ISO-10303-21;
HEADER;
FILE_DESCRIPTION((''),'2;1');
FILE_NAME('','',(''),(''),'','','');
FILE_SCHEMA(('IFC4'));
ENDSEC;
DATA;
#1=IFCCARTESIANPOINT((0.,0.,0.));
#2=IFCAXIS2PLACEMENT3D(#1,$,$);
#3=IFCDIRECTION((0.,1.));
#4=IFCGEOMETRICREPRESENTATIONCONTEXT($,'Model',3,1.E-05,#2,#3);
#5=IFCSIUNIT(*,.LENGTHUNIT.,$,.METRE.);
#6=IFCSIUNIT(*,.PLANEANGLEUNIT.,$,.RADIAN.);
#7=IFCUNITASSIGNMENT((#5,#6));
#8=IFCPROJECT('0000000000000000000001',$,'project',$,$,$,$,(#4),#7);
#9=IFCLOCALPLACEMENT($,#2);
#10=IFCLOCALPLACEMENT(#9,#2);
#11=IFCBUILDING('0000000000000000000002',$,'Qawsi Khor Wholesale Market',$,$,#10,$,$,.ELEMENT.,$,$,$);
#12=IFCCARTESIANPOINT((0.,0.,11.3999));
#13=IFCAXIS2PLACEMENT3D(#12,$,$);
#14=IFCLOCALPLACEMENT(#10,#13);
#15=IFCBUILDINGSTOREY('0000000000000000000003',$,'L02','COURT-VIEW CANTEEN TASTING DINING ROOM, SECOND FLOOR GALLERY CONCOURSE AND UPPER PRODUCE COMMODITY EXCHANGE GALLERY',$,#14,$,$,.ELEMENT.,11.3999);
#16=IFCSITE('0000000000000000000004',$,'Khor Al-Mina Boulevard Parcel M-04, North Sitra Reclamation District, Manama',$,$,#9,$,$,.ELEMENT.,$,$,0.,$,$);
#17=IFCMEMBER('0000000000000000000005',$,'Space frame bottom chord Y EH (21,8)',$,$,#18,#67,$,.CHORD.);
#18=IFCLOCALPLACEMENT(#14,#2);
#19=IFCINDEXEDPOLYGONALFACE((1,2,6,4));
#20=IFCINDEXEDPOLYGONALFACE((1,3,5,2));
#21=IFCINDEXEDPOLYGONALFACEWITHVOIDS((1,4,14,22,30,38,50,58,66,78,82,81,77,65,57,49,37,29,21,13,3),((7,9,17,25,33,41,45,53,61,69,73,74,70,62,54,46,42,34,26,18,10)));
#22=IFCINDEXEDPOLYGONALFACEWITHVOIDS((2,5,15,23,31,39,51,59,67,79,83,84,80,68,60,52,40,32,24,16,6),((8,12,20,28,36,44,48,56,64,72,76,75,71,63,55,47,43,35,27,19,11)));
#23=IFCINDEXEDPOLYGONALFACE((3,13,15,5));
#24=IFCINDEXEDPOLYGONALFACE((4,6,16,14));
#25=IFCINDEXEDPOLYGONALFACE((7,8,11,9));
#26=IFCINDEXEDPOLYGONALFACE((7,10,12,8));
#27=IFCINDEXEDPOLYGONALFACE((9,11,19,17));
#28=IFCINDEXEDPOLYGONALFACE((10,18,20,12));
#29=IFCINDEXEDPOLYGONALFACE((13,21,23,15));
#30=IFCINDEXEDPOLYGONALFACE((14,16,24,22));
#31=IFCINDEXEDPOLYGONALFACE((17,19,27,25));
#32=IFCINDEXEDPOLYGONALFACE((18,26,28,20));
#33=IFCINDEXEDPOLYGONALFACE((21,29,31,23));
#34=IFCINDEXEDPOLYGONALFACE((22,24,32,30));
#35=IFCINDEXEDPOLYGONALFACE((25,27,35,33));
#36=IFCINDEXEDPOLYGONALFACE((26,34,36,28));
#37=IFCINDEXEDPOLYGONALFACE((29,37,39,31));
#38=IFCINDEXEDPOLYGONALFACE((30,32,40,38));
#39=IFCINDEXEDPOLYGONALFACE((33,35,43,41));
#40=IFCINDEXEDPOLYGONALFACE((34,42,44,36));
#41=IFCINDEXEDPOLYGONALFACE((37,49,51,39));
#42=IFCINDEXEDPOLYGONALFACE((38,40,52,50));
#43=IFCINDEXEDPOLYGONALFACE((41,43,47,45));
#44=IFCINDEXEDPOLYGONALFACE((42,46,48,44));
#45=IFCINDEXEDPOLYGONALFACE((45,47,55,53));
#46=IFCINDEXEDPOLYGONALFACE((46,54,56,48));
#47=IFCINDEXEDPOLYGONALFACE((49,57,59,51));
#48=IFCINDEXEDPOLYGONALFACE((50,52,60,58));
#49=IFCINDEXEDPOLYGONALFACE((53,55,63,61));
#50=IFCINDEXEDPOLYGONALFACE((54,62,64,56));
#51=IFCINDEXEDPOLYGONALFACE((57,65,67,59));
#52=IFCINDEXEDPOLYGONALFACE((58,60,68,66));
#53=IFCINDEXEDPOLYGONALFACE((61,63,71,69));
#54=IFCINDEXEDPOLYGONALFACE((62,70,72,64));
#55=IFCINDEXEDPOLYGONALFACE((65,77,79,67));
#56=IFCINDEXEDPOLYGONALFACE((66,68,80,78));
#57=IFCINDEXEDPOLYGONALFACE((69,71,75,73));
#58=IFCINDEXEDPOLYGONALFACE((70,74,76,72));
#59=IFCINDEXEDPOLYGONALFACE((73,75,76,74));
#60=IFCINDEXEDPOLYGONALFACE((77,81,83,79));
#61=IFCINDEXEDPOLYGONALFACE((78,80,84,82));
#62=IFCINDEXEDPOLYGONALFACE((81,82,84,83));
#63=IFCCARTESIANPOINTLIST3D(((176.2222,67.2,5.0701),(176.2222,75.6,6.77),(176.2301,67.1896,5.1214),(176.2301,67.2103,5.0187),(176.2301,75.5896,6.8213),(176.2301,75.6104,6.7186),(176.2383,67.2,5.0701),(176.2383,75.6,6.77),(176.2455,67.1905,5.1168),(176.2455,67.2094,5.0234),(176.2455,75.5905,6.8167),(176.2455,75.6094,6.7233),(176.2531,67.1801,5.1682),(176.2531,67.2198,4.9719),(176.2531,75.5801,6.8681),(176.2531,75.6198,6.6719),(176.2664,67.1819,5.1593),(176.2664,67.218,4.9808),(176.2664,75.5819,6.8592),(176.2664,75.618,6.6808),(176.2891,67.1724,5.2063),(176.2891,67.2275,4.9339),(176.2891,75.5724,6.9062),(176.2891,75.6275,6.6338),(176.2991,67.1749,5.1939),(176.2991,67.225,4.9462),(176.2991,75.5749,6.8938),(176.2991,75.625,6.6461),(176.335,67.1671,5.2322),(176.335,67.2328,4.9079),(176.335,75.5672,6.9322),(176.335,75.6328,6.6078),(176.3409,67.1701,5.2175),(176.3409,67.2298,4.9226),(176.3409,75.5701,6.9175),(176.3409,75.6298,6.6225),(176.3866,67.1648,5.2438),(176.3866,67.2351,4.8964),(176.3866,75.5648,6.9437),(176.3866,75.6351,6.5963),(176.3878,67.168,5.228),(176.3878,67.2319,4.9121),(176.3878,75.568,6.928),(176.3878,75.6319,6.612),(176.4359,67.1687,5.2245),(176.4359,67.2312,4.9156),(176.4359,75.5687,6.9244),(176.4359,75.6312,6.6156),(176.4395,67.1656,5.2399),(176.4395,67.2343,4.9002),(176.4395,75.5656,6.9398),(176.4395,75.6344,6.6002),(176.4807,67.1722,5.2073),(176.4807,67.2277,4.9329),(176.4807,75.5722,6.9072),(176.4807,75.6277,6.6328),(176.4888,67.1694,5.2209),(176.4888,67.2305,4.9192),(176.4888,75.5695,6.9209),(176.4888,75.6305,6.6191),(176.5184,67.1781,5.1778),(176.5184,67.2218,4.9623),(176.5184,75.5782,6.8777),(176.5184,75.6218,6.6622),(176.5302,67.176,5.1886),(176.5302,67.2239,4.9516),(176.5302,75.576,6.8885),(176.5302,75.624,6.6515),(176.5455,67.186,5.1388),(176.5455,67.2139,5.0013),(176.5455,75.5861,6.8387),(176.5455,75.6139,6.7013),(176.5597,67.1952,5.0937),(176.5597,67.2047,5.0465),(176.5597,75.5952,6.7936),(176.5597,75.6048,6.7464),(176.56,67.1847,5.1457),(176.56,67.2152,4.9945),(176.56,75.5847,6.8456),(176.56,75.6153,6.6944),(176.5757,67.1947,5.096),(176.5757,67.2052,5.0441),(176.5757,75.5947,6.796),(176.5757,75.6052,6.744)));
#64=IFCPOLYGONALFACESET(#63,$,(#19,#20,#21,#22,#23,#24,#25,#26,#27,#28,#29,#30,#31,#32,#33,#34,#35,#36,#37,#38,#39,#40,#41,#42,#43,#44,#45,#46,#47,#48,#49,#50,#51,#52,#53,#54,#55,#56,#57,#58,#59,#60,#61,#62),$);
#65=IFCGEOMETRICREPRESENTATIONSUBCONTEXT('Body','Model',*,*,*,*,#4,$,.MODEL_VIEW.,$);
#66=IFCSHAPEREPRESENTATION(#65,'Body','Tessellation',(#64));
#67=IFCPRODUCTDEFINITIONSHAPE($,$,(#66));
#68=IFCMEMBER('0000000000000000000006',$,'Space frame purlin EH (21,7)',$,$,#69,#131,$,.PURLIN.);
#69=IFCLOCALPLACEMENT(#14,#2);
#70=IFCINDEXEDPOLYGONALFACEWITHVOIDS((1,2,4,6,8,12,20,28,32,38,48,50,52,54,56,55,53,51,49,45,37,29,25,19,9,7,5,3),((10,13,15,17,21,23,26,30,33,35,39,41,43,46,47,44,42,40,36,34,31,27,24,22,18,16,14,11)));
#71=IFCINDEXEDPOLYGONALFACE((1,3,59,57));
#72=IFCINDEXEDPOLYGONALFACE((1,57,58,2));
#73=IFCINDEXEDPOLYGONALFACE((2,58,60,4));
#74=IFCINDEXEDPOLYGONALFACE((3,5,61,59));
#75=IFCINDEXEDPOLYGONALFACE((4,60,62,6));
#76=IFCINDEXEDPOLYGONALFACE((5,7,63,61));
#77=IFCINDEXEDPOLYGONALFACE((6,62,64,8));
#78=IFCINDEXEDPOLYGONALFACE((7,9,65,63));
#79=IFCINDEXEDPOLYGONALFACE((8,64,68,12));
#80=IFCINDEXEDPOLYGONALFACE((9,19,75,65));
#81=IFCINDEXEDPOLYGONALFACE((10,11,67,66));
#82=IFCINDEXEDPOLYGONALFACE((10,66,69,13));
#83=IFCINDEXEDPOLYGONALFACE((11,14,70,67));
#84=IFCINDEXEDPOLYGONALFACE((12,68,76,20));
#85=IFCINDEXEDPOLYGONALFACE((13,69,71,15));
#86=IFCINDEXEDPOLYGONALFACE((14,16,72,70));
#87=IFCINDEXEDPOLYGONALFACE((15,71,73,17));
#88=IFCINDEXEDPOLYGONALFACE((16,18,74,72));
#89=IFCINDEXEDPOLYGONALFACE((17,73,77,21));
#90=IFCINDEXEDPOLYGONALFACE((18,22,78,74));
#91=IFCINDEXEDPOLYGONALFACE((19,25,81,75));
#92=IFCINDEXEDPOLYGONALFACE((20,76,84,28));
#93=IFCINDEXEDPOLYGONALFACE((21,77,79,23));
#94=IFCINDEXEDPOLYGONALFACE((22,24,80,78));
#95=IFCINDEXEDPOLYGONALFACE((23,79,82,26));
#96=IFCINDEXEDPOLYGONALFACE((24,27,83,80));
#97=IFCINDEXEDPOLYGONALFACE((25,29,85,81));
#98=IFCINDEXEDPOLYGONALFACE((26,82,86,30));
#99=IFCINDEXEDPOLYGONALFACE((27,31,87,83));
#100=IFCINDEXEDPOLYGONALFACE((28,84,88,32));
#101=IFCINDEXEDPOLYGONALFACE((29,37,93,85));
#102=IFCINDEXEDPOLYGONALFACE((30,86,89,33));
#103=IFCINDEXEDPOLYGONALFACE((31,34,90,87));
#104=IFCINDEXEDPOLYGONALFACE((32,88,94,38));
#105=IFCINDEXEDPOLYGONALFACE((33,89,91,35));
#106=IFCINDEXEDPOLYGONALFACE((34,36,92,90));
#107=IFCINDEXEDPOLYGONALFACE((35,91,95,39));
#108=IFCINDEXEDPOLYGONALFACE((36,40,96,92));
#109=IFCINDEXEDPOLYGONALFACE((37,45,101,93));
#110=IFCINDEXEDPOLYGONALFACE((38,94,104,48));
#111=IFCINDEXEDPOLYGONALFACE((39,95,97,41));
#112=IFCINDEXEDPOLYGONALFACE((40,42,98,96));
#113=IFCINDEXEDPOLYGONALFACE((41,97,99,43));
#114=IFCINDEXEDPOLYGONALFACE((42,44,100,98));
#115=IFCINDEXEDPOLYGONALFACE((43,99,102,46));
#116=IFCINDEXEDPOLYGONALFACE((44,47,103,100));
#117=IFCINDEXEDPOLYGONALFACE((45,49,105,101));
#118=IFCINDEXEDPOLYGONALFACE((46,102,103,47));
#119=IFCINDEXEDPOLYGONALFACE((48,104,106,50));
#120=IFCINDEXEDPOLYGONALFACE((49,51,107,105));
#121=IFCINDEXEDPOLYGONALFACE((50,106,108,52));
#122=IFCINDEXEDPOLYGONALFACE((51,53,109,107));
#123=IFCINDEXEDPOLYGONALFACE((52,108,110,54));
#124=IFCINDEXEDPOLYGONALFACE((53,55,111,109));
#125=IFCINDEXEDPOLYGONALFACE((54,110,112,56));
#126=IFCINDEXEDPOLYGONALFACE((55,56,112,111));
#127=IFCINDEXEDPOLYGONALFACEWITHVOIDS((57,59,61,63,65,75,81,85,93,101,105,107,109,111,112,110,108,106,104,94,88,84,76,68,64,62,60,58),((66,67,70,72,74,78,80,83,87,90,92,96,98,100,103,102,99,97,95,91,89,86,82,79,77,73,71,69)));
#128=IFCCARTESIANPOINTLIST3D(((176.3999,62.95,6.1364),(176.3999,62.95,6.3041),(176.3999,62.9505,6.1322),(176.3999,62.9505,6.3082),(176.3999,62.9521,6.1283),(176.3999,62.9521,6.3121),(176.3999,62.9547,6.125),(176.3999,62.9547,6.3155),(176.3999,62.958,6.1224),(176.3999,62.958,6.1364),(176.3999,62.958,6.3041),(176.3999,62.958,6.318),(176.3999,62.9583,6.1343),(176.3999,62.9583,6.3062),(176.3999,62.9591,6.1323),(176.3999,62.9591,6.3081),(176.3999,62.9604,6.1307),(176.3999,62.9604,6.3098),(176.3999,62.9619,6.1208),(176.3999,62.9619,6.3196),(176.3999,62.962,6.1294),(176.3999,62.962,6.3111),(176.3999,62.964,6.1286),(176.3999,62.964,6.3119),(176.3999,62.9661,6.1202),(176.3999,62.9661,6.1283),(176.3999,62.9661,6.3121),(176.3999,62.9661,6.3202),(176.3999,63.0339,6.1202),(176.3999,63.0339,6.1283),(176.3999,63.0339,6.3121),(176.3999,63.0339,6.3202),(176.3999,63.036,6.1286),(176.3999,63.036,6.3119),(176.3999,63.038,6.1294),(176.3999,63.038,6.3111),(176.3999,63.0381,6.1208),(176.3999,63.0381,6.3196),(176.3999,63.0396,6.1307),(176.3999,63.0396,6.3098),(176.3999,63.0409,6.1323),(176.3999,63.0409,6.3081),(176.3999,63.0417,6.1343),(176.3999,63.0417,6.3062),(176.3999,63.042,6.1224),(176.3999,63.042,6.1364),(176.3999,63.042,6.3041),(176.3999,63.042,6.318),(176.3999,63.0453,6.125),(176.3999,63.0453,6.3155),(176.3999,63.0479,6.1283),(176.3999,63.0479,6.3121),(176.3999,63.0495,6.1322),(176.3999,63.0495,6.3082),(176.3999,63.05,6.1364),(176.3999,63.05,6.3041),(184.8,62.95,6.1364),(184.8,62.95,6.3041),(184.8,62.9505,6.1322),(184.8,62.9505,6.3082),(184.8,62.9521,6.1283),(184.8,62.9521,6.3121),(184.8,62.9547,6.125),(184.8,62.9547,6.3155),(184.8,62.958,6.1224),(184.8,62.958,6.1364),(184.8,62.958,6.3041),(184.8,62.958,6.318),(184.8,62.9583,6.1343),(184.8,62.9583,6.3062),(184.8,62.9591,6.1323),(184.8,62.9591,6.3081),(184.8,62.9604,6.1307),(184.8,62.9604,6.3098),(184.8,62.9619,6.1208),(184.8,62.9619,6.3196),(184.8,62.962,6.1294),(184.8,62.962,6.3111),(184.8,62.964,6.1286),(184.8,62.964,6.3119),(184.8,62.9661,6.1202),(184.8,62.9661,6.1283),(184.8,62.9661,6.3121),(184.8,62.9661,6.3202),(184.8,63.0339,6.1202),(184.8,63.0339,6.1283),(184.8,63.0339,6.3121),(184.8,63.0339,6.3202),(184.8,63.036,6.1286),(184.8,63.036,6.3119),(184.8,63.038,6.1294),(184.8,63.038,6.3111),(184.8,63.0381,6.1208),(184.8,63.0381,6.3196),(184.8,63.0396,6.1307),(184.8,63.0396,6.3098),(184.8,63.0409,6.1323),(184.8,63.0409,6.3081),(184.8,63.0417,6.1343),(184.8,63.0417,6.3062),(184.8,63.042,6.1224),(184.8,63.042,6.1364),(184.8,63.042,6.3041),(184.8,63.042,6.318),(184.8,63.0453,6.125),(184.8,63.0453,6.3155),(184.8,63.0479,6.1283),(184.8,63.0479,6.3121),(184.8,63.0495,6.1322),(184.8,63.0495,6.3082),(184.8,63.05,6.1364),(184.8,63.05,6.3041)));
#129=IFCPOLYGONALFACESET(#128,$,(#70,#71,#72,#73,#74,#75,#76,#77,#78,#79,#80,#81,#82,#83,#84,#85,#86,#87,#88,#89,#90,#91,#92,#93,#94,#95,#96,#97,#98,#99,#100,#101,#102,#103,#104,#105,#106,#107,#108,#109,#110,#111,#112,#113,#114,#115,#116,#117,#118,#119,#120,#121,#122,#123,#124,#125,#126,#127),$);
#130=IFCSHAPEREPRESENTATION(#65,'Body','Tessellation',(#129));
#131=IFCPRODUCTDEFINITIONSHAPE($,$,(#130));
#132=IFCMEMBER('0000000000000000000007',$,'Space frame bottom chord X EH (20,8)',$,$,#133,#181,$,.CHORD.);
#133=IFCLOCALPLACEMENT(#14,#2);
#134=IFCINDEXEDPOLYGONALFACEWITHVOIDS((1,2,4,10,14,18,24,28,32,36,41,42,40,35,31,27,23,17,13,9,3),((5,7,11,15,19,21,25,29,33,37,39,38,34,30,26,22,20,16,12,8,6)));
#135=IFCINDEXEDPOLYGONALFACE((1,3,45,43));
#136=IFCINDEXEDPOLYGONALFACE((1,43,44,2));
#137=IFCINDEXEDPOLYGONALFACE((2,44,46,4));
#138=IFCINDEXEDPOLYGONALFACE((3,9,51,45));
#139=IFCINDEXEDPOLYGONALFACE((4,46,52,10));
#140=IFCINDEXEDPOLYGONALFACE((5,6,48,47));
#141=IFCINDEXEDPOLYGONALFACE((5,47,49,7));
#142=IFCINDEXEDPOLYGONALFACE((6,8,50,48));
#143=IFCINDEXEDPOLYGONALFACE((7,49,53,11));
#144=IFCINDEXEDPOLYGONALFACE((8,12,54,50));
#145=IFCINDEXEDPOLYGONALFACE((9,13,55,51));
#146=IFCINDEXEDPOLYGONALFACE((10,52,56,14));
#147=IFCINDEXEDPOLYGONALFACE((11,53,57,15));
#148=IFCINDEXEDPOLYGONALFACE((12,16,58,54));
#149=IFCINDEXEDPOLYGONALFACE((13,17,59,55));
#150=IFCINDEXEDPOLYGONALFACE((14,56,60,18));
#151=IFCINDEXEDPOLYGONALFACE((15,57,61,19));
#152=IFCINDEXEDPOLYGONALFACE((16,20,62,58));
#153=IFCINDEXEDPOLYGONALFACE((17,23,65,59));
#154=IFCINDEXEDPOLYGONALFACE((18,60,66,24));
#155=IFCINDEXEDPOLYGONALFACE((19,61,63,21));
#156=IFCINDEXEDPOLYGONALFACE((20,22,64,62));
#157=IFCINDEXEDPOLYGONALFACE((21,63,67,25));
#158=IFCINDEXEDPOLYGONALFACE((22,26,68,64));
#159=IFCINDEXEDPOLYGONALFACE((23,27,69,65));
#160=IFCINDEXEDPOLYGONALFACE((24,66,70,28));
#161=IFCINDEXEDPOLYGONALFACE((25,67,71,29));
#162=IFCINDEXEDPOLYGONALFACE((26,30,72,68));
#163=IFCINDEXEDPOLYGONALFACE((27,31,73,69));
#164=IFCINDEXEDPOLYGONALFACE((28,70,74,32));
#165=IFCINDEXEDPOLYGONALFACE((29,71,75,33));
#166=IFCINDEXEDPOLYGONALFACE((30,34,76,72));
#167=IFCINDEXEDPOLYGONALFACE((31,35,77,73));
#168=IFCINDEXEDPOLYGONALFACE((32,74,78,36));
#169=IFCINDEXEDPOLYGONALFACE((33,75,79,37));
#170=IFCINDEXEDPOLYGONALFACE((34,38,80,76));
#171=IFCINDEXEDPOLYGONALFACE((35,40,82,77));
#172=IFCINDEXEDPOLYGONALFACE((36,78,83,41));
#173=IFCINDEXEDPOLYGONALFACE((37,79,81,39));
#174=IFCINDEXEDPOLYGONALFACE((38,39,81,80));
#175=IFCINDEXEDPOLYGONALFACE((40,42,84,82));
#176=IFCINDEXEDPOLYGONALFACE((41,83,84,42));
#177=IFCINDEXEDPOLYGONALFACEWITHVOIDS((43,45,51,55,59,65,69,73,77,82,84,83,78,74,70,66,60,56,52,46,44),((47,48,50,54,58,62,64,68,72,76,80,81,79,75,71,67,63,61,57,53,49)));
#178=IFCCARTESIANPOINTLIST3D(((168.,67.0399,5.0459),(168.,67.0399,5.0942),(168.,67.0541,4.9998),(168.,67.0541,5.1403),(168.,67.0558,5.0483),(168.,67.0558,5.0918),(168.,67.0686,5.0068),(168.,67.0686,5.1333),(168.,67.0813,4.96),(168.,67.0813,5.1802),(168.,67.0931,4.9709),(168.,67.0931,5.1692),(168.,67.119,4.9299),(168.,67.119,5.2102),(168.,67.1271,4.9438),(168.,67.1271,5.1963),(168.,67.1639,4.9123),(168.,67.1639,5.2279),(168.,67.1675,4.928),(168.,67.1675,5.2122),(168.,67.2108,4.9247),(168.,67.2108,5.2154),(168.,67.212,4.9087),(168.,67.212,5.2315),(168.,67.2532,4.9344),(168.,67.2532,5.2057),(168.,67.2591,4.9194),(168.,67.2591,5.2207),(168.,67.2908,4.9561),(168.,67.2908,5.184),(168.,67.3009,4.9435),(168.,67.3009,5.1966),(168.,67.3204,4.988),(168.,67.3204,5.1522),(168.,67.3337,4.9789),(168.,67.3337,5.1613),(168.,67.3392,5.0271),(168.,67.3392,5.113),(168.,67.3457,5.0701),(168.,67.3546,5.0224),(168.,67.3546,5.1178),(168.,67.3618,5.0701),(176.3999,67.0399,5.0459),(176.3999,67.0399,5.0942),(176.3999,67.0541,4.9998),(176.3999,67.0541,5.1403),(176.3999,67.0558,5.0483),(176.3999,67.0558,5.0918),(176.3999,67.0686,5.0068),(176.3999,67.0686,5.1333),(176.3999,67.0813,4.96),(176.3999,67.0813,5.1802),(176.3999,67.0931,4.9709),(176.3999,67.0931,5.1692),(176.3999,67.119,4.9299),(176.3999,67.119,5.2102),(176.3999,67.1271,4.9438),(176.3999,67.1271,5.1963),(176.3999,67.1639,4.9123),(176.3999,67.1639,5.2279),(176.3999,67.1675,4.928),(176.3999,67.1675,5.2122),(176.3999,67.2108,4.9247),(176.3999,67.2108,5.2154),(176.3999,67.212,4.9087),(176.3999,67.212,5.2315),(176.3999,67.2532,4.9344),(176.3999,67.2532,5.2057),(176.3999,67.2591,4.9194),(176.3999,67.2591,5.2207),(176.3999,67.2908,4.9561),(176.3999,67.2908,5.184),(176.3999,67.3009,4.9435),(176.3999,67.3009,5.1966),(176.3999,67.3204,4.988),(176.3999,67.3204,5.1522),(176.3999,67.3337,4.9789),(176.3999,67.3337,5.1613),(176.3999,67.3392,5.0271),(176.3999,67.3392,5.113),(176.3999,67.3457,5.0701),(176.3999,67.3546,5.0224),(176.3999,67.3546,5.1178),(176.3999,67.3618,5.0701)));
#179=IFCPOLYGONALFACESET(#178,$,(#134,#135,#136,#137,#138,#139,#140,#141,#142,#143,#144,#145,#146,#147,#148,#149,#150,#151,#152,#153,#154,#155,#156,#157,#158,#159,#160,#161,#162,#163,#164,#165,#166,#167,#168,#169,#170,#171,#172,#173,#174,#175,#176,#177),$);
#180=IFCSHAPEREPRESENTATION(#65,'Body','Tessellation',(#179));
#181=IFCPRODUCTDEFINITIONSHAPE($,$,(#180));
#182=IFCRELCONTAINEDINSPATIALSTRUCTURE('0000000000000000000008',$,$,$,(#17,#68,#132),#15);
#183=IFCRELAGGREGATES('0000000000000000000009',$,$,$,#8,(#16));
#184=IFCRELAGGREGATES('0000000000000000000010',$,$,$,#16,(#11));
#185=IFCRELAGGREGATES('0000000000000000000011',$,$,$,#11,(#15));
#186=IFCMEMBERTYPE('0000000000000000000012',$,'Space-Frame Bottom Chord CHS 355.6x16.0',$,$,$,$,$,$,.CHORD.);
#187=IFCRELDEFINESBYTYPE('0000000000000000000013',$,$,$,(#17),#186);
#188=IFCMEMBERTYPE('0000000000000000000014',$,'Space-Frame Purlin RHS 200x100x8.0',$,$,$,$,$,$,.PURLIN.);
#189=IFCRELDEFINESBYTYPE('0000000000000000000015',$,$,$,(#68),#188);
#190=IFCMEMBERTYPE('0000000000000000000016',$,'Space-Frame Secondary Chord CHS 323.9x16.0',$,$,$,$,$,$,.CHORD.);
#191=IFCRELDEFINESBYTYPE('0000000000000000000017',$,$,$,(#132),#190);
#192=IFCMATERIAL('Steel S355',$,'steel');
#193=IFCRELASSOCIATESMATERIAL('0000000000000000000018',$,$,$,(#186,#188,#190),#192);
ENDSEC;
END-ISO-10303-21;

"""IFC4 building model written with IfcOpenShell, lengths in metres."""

from ifc_helpers import new_model, si_unit, direction, frame, origin, origin_2d, place, context, subcontext, project, spatial, hollow_rectangle, hollow_circle, extrude, material, material_profile, profile_set, type_object, element, save


model = new_model("IFC4")

# Units and contexts
model_context = context("Model", 3, precision=1e-05, world=origin(), true_north=direction((0.0, 1.0)))
body_context = subcontext(model_context, "Body", "Model", "MODEL_VIEW")
ifc_project = project(units=[si_unit("LENGTHUNIT", "METRE"), si_unit("PLANEANGLEUNIT", "RADIAN")], contexts=[model_context])

# Site, building, storey
site_placement = place(None, origin())
site = spatial("IfcSite", under=ifc_project, at=site_placement, Name="Khor Al-Mina Boulevard Parcel M-04, North Sitra Reclamation District, Manama", CompositionType="ELEMENT", RefElevation=0.0)
building_placement = place(site_placement, origin())
building = spatial("IfcBuilding", under=site, at=building_placement, Name="Qawsi Khor Wholesale Market", CompositionType="ELEMENT")
storey_placement = place(building_placement, frame((0.0, 0.0, 11.3999)))
storey = spatial("IfcBuildingStorey", under=building, at=storey_placement, Name="L02", Description="COURT-VIEW CANTEEN TASTING DINING ROOM, SECOND FLOOR GALLERY CONCOURSE AND UPPER PRODUCE COMMODITY EXCHANGE GALLERY", CompositionType="ELEMENT", Elevation=11.3999)

# Members
ifc_material_1 = material(Name="Steel S355", Category="steel")
ifc_material_profile_1 = material_profile(ifc_material_1, hollow_circle(Radius=0.1777, WallThickness=0.0161, at=origin_2d()), Name="CHS 355.6x16.0")
ifc_profile_set_1 = profile_set([ifc_material_profile_1], Name="Steel S355")
member_type_1 = type_object("IfcMemberType", Name="Space-Frame Bottom Chord CHS 355.6x16.0", PredefinedType="CHORD", material=ifc_profile_set_1)
for number, where, z_axis, x_axis, name in (
    (1, (176.3999, 67.2, 5.0701), (0.0, 0.980131, 0.198351), (-1.0, 0.0, 0.0), "Space frame bottom chord Y EH (21,8)"),
):
    element("IfcMember", number, at=place(storey_placement, frame(where, z_axis=z_axis, x_axis=x_axis)), inside=storey, type_object=member_type_1, Name=name, PredefinedType="CHORD", context=body_context, shape_type="SweptSolid", body=[
        extrude(hollow_circle(Radius=0.1777, WallThickness=0.0161, at=origin_2d()), origin(), (0.0, 0.0, 1.0), 8.5703),
    ])
ifc_material_profile_2 = material_profile(ifc_material_1, hollow_rectangle(XDim=0.1001, YDim=0.2, WallThickness=0.0081, InnerFilletRadius=0.0081, OuterFilletRadius=0.0161, at=origin_2d()), Name="RHS 200x100x8.0")
ifc_profile_set_2 = profile_set([ifc_material_profile_2], Name="Steel S355")
member_type_2 = type_object("IfcMemberType", Name="Space-Frame Purlin RHS 200x100x8.0", PredefinedType="PURLIN", material=ifc_profile_set_2)
member_1_placement = place(storey_placement, frame((176.3999, 63.0, 6.2202), z_axis=(1.0, 0.0, 0.0), x_axis=(0.0, 1.0, 0.0)))
element("IfcMember", 2, at=member_1_placement, inside=storey, type_object=member_type_2, Name="Space frame purlin EH (21,7)", PredefinedType="PURLIN", context=body_context, shape_type="SweptSolid", body=[
    extrude(hollow_rectangle(XDim=0.1001, YDim=0.2, WallThickness=0.0081, InnerFilletRadius=0.0081, OuterFilletRadius=0.0161, at=origin_2d()), origin(), (0.0, 0.0, 1.0), 8.4001),
])
ifc_material_profile_3 = material_profile(ifc_material_1, hollow_circle(Radius=0.1619, WallThickness=0.0161, at=origin_2d()), Name="CHS 323.9x16.0")
ifc_profile_set_3 = profile_set([ifc_material_profile_3], Name="Steel S355")
member_type_3 = type_object("IfcMemberType", Name="Space-Frame Secondary Chord CHS 323.9x16.0", PredefinedType="CHORD", material=ifc_profile_set_3)
member_2_placement = place(storey_placement, frame((168.0, 67.2, 5.0701), z_axis=(1.0, 0.0, 0.0), x_axis=(0.0, 1.0, 0.0)))
element("IfcMember", 3, at=member_2_placement, inside=storey, type_object=member_type_3, Name="Space frame bottom chord X EH (20,8)", PredefinedType="CHORD", context=body_context, shape_type="SweptSolid", body=[
    extrude(hollow_circle(Radius=0.1619, WallThickness=0.0161, at=origin_2d()), origin(), (0.0, 0.0, 1.0), 8.3999),
])

save(model, "model.ifc")
